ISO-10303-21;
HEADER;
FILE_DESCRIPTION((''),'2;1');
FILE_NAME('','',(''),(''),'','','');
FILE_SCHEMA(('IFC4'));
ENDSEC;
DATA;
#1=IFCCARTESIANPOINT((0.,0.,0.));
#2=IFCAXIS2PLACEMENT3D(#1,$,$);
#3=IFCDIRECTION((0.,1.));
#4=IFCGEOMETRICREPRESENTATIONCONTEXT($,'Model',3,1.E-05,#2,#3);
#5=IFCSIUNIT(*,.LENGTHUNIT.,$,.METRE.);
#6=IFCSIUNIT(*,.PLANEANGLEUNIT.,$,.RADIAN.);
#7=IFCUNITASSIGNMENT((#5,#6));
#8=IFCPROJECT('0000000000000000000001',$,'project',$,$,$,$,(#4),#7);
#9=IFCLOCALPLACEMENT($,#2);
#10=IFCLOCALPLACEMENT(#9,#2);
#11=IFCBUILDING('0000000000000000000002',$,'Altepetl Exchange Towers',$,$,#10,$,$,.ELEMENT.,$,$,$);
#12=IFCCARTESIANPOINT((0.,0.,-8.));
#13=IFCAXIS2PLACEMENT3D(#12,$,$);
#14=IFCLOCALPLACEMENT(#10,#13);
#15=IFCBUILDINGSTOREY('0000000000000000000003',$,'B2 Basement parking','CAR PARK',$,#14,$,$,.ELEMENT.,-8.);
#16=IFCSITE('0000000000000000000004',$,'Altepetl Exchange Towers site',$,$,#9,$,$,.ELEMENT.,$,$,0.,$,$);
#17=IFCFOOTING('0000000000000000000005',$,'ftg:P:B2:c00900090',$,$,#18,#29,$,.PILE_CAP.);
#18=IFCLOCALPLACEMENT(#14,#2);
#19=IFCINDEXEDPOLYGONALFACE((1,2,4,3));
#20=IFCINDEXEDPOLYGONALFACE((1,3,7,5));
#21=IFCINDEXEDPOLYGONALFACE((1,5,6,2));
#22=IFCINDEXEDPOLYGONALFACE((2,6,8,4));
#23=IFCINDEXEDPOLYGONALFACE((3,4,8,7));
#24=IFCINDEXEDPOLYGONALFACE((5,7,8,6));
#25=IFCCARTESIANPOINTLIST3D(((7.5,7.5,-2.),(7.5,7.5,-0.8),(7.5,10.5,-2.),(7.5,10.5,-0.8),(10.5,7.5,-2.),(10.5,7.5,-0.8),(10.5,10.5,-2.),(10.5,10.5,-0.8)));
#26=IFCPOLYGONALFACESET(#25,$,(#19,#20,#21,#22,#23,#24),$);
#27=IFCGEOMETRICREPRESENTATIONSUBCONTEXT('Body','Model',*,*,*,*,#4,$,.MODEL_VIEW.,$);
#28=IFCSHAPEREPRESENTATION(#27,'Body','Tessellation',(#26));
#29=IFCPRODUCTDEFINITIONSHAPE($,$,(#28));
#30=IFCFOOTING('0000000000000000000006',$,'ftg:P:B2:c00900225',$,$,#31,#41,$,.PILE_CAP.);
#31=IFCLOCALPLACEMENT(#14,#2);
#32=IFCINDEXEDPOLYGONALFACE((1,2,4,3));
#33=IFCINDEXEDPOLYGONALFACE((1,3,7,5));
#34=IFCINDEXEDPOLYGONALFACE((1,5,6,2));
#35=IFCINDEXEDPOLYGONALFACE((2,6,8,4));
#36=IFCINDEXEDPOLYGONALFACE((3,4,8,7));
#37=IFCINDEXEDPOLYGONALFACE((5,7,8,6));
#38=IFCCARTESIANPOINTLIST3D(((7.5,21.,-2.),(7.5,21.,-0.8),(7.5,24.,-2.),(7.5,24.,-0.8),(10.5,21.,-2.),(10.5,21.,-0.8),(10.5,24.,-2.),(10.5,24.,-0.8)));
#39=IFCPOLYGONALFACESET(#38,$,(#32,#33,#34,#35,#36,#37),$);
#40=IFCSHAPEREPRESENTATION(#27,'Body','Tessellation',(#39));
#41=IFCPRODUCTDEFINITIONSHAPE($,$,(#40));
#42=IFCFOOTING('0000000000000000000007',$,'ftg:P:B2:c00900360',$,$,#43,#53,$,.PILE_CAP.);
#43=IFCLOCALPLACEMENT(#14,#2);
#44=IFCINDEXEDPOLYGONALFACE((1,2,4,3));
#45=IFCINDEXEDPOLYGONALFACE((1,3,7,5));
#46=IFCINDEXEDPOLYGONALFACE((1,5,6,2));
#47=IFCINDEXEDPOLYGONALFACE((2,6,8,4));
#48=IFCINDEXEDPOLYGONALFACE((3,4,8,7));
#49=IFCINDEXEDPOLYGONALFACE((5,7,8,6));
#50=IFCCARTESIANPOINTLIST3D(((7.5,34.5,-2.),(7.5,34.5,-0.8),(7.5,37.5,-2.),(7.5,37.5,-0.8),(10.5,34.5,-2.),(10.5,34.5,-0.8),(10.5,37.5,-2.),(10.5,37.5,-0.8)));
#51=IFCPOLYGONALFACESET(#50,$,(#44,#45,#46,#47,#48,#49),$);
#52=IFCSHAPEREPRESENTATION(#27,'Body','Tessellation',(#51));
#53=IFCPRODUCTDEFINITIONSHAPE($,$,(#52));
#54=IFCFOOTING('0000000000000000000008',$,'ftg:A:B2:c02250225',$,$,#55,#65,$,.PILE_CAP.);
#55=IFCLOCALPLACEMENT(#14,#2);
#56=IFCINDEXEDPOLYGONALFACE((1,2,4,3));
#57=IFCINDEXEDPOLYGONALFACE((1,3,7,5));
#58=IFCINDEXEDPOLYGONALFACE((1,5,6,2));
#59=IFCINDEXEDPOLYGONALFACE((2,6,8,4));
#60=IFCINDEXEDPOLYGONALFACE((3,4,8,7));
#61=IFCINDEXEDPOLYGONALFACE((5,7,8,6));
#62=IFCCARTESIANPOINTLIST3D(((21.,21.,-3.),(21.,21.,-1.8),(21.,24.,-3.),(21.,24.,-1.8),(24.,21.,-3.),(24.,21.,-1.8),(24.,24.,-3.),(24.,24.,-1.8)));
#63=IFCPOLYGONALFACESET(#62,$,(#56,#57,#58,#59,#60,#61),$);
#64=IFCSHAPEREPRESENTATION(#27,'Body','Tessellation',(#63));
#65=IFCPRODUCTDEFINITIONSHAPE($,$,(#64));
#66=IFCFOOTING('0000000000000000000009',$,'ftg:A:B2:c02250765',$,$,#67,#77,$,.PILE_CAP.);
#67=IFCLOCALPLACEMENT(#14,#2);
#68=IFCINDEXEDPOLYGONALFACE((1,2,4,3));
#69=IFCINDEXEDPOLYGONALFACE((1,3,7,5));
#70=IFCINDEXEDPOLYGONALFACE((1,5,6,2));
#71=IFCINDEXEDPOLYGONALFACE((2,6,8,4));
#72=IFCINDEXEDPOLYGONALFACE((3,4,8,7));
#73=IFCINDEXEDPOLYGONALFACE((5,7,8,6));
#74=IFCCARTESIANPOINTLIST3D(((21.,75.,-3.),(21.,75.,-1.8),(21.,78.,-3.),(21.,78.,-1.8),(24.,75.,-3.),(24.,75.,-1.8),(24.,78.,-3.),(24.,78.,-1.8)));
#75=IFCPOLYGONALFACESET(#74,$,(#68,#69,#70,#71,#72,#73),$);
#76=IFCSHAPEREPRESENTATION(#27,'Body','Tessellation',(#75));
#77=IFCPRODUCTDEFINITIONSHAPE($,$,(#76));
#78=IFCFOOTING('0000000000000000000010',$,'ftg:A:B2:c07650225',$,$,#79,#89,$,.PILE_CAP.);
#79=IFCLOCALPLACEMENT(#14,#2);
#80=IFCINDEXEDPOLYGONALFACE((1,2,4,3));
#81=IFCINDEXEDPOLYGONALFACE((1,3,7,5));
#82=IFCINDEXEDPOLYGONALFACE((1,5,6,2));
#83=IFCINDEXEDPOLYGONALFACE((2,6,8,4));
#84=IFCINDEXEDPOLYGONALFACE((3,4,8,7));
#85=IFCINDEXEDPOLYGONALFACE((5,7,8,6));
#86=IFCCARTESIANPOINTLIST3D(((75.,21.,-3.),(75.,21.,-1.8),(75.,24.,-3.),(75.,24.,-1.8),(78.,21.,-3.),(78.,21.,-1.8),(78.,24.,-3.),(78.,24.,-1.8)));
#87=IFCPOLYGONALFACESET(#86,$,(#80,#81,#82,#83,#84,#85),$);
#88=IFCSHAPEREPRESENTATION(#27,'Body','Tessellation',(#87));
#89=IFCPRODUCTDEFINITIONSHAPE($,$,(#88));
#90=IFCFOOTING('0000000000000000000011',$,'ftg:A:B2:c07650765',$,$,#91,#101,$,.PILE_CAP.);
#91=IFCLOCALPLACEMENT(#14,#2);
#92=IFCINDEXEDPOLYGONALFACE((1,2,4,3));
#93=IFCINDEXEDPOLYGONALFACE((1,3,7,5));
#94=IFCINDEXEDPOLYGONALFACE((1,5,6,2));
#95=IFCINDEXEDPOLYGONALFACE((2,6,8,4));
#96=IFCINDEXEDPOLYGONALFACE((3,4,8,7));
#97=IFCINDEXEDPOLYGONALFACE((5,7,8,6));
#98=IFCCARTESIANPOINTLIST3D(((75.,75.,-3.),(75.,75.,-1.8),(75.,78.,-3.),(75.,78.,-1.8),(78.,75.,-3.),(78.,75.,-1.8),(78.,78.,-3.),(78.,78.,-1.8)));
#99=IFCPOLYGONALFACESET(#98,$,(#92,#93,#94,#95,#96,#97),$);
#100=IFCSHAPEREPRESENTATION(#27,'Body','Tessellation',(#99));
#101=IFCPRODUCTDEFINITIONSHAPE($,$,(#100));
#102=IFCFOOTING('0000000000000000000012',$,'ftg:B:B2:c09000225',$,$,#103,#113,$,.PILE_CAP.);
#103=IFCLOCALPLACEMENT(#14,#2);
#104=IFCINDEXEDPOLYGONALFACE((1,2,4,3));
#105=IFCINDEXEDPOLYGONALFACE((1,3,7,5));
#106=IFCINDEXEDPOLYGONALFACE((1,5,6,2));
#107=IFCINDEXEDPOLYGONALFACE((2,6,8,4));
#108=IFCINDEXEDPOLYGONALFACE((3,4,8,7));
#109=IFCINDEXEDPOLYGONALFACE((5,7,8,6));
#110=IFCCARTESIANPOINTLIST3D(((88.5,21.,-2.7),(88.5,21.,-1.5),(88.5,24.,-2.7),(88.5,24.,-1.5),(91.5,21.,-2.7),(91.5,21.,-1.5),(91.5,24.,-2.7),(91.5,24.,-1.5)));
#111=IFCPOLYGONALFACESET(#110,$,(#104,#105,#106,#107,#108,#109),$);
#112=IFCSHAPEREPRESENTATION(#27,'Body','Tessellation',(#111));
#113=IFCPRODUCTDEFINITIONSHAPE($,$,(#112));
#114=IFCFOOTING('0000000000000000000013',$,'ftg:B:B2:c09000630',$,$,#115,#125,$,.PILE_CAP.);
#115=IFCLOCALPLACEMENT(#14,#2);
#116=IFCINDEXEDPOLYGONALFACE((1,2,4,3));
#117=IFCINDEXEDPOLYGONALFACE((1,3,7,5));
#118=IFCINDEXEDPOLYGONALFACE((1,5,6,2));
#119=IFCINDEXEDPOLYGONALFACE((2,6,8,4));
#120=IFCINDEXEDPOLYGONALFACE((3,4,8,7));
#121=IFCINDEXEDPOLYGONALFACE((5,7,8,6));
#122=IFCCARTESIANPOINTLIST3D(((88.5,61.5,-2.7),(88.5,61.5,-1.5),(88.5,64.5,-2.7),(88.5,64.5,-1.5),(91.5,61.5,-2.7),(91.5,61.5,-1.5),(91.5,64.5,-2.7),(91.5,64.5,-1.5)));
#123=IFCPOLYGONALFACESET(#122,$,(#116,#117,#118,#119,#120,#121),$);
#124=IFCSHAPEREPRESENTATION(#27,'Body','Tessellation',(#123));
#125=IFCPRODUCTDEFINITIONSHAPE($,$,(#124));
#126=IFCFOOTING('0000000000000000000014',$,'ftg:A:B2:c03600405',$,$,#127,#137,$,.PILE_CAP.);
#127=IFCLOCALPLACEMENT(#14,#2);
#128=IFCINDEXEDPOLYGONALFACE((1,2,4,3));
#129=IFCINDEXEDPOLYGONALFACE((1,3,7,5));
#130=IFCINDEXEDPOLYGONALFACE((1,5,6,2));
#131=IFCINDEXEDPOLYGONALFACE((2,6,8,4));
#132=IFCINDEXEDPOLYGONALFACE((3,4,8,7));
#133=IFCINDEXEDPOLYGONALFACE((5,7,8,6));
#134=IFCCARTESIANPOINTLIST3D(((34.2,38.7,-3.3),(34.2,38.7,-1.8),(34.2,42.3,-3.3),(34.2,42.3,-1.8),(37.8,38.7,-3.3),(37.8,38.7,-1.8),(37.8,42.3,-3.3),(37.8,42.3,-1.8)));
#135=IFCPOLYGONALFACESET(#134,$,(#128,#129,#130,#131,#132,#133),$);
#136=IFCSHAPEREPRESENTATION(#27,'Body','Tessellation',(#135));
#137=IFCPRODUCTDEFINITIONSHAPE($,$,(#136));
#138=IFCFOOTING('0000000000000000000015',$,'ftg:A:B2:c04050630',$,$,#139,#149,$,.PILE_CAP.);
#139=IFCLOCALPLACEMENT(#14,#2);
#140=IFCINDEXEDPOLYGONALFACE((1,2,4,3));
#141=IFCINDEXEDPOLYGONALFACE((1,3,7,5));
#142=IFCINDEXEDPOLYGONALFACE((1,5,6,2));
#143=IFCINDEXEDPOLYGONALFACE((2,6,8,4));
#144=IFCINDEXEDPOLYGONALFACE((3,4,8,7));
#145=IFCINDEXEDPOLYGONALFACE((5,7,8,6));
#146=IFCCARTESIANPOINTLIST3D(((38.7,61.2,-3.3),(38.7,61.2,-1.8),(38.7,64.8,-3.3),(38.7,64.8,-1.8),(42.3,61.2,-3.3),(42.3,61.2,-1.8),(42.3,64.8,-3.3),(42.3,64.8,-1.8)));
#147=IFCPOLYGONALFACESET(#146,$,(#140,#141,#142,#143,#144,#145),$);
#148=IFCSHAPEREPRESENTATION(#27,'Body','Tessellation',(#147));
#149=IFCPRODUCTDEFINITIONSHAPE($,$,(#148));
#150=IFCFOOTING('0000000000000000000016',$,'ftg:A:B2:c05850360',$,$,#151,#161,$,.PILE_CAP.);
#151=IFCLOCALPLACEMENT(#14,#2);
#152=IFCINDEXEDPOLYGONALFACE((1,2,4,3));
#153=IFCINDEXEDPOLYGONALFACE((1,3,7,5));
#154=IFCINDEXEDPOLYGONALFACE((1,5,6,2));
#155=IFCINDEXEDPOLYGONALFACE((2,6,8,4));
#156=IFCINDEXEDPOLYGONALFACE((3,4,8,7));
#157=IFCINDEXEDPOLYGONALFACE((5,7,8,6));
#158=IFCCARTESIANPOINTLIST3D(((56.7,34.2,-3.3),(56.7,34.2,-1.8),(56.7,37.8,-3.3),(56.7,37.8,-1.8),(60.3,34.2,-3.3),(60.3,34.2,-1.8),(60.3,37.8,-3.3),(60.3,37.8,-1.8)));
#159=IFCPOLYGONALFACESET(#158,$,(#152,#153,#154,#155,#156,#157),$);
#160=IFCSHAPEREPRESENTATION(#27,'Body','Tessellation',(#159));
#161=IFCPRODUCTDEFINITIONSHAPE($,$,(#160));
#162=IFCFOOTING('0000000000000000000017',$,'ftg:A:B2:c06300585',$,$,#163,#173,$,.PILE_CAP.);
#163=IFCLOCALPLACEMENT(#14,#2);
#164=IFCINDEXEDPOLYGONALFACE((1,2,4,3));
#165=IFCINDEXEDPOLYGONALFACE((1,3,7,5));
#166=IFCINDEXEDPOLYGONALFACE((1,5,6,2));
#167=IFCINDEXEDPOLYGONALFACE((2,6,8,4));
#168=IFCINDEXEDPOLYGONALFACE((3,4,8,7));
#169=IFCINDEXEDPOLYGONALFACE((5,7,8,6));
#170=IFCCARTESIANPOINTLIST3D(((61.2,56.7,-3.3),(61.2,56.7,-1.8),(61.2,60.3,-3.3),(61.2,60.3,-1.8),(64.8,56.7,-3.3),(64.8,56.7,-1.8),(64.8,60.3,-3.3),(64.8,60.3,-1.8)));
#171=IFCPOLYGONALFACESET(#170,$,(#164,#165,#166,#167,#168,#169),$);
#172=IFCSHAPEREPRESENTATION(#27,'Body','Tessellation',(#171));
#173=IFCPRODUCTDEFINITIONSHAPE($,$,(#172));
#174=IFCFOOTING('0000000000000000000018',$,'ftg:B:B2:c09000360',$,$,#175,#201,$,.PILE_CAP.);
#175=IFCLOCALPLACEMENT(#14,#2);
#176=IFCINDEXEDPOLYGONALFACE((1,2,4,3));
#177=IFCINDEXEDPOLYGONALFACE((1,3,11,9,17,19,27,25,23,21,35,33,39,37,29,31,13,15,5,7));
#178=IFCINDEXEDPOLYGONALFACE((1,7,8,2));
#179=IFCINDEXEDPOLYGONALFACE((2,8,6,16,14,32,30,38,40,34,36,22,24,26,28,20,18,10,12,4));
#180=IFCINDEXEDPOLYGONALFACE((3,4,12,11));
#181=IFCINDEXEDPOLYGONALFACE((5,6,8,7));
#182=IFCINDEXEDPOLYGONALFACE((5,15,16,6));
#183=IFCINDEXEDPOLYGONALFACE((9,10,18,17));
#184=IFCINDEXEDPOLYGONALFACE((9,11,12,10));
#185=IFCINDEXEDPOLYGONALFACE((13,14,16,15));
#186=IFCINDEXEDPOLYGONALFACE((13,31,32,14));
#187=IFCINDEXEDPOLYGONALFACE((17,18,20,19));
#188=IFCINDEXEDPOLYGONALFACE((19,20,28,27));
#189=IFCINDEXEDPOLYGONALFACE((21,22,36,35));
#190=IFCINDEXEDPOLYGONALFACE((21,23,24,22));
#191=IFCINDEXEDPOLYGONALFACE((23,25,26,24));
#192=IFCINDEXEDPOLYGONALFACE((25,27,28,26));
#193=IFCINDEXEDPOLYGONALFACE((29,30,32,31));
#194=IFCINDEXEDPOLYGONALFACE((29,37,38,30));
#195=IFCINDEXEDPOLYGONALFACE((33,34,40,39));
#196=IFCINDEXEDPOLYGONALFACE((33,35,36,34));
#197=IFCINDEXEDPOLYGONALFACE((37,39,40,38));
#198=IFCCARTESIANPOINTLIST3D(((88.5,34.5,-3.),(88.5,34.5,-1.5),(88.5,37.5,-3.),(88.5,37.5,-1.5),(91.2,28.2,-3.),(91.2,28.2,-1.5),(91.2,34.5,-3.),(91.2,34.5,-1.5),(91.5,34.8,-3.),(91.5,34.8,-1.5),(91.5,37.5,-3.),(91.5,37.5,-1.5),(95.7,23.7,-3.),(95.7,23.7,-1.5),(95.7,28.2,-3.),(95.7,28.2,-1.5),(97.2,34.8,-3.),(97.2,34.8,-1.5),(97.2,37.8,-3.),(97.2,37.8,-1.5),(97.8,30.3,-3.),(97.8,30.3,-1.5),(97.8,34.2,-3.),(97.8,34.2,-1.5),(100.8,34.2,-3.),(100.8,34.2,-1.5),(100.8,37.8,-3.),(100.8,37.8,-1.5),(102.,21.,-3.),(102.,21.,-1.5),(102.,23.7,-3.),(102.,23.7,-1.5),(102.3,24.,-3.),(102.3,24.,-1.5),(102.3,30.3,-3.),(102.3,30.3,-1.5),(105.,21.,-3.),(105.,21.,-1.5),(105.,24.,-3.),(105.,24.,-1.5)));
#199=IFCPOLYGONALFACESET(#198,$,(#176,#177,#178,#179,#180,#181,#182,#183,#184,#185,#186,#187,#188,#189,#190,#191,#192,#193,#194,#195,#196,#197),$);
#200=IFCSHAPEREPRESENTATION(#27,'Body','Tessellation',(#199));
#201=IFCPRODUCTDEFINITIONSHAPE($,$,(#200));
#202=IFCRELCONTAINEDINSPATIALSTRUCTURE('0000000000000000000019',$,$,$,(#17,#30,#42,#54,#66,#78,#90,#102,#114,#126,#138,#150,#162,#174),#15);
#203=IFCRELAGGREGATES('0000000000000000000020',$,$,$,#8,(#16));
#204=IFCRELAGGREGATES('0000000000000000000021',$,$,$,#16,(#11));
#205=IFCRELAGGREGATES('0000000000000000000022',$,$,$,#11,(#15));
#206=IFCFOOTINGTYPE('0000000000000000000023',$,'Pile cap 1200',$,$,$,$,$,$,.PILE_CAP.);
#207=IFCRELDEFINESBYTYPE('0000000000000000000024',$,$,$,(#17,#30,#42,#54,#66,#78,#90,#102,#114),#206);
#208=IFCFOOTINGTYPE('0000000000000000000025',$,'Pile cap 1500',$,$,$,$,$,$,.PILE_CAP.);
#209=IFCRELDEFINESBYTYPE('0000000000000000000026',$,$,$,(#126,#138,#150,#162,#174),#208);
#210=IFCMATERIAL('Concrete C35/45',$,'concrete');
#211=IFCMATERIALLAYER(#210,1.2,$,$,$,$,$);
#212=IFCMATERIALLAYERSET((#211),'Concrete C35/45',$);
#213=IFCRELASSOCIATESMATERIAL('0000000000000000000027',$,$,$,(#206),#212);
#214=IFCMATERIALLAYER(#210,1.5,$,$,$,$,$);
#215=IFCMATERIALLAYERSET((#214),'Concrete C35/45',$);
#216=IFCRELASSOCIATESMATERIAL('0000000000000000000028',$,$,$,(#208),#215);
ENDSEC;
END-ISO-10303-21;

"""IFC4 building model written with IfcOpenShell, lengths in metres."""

from ifc_helpers import new_model, si_unit, direction, frame, origin, place, context, subcontext, project, spatial, polyline, outline, extrude, material, layer, layer_set, type_object, element, save


model = new_model("IFC4")

# Units and contexts
model_context = context("Model", 3, precision=1e-05, world=origin(), true_north=direction((0.0, 1.0)))
body_context = subcontext(model_context, "Body", "Model", "MODEL_VIEW")
ifc_project = project(units=[si_unit("LENGTHUNIT", "METRE"), si_unit("PLANEANGLEUNIT", "RADIAN")], contexts=[model_context])

# Site, building, storey
site_placement = place(None, origin())
site = spatial("IfcSite", under=ifc_project, at=site_placement, Name="Altepetl Exchange Towers site", CompositionType="ELEMENT", RefElevation=0.0)
building_placement = place(site_placement, origin())
building = spatial("IfcBuilding", under=site, at=building_placement, Name="Altepetl Exchange Towers", CompositionType="ELEMENT")
storey_placement = place(building_placement, frame((0.0, 0.0, -8.0)))
storey = spatial("IfcBuildingStorey", under=building, at=storey_placement, Name="B2 Basement parking", Description="CAR PARK", CompositionType="ELEMENT", Elevation=-8.0)

# Footings
ifc_material = material(Name="Concrete C35/45", Category="concrete")
ifc_layer_1 = layer(ifc_material, 1.2)
ifc_layer_set_1 = layer_set([ifc_layer_1], Name="Concrete C35/45")
footing_type_1 = type_object("IfcFootingType", Name="Pile cap 1200", PredefinedType="PILE_CAP", material=ifc_layer_set_1)
footing_1_placement = place(storey_placement, frame((0.0, 0.0, -2.0)))
element("IfcFooting", 1, at=footing_1_placement, inside=storey, type_object=footing_type_1, Name="ftg:P:B2:c00900090", PredefinedType="PILE_CAP", context=body_context, shape_type="SweptSolid", body=[
    extrude(outline(polyline([(10.5, 7.5), (10.5, 10.5), (7.5, 10.5), (7.5, 7.5), (10.5, 7.5)])), origin(), (0.0, 0.0, 1.0), 1.2),
])
footing_2_placement = place(storey_placement, frame((0.0, 0.0, -2.0)))
element("IfcFooting", 2, at=footing_2_placement, inside=storey, type_object=footing_type_1, Name="ftg:P:B2:c00900225", PredefinedType="PILE_CAP", context=body_context, shape_type="SweptSolid", body=[
    extrude(outline(polyline([(10.5, 21.0), (10.5, 24.0), (7.5, 24.0), (7.5, 21.0), (10.5, 21.0)])), origin(), (0.0, 0.0, 1.0), 1.2),
])
footing_3_placement = place(storey_placement, frame((0.0, 0.0, -2.0)))
element("IfcFooting", 3, at=footing_3_placement, inside=storey, type_object=footing_type_1, Name="ftg:P:B2:c00900360", PredefinedType="PILE_CAP", context=body_context, shape_type="SweptSolid", body=[
    extrude(outline(polyline([(10.5, 34.5), (10.5, 37.5), (7.5, 37.5), (7.5, 34.5), (10.5, 34.5)])), origin(), (0.0, 0.0, 1.0), 1.2),
])
footing_4_placement = place(storey_placement, frame((0.0, 0.0, -3.0)))
element("IfcFooting", 4, at=footing_4_placement, inside=storey, type_object=footing_type_1, Name="ftg:A:B2:c02250225", PredefinedType="PILE_CAP", context=body_context, shape_type="SweptSolid", body=[
    extrude(outline(polyline([(24.0, 21.0), (24.0, 24.0), (21.0, 24.0), (21.0, 21.0), (24.0, 21.0)])), origin(), (0.0, 0.0, 1.0), 1.2),
])
footing_5_placement = place(storey_placement, frame((0.0, 0.0, -3.0)))
element("IfcFooting", 5, at=footing_5_placement, inside=storey, type_object=footing_type_1, Name="ftg:A:B2:c02250765", PredefinedType="PILE_CAP", context=body_context, shape_type="SweptSolid", body=[
    extrude(outline(polyline([(24.0, 75.0), (24.0, 78.0), (21.0, 78.0), (21.0, 75.0), (24.0, 75.0)])), origin(), (0.0, 0.0, 1.0), 1.2),
])
footing_6_placement = place(storey_placement, frame((0.0, 0.0, -3.0)))
element("IfcFooting", 6, at=footing_6_placement, inside=storey, type_object=footing_type_1, Name="ftg:A:B2:c07650225", PredefinedType="PILE_CAP", context=body_context, shape_type="SweptSolid", body=[
    extrude(outline(polyline([(78.0, 21.0), (78.0, 24.0), (75.0, 24.0), (75.0, 21.0), (78.0, 21.0)])), origin(), (0.0, 0.0, 1.0), 1.2),
])
footing_7_placement = place(storey_placement, frame((0.0, 0.0, -3.0)))
element("IfcFooting", 7, at=footing_7_placement, inside=storey, type_object=footing_type_1, Name="ftg:A:B2:c07650765", PredefinedType="PILE_CAP", context=body_context, shape_type="SweptSolid", body=[
    extrude(outline(polyline([(78.0, 75.0), (78.0, 78.0), (75.0, 78.0), (75.0, 75.0), (78.0, 75.0)])), origin(), (0.0, 0.0, 1.0), 1.2),
])
footing_8_placement = place(storey_placement, frame((0.0, 0.0, -2.7)))
element("IfcFooting", 8, at=footing_8_placement, inside=storey, type_object=footing_type_1, Name="ftg:B:B2:c09000225", PredefinedType="PILE_CAP", context=body_context, shape_type="SweptSolid", body=[
    extrude(outline(polyline([(91.5, 21.0), (91.5, 24.0), (88.5, 24.0), (88.5, 21.0), (91.5, 21.0)])), origin(), (0.0, 0.0, 1.0), 1.2),
])
footing_9_placement = place(storey_placement, frame((0.0, 0.0, -2.7)))
element("IfcFooting", 9, at=footing_9_placement, inside=storey, type_object=footing_type_1, Name="ftg:B:B2:c09000630", PredefinedType="PILE_CAP", context=body_context, shape_type="SweptSolid", body=[
    extrude(outline(polyline([(91.5, 61.5), (91.5, 64.5), (88.5, 64.5), (88.5, 61.5), (91.5, 61.5)])), origin(), (0.0, 0.0, 1.0), 1.2),
])
ifc_layer_2 = layer(ifc_material, 1.5)
ifc_layer_set_2 = layer_set([ifc_layer_2], Name="Concrete C35/45")
footing_type_2 = type_object("IfcFootingType", Name="Pile cap 1500", PredefinedType="PILE_CAP", material=ifc_layer_set_2)
footing_10_placement = place(storey_placement, frame((0.0, 0.0, -3.3)))
element("IfcFooting", 10, at=footing_10_placement, inside=storey, type_object=footing_type_2, Name="ftg:A:B2:c03600405", PredefinedType="PILE_CAP", context=body_context, shape_type="SweptSolid", body=[
    extrude(outline(polyline([(37.8, 38.7), (37.8, 42.3), (34.2, 42.3), (34.2, 38.7), (37.8, 38.7)])), origin(), (0.0, 0.0, 1.0), 1.5),
])
footing_11_placement = place(storey_placement, frame((0.0, 0.0, -3.3)))
element("IfcFooting", 11, at=footing_11_placement, inside=storey, type_object=footing_type_2, Name="ftg:A:B2:c04050630", PredefinedType="PILE_CAP", context=body_context, shape_type="SweptSolid", body=[
    extrude(outline(polyline([(42.3, 61.2), (42.3, 64.8), (38.7, 64.8), (38.7, 61.2), (42.3, 61.2)])), origin(), (0.0, 0.0, 1.0), 1.5),
])
footing_12_placement = place(storey_placement, frame((0.0, 0.0, -3.3)))
element("IfcFooting", 12, at=footing_12_placement, inside=storey, type_object=footing_type_2, Name="ftg:A:B2:c05850360", PredefinedType="PILE_CAP", context=body_context, shape_type="SweptSolid", body=[
    extrude(outline(polyline([(60.3, 34.2), (60.3, 37.8), (56.7, 37.8), (56.7, 34.2), (60.3, 34.2)])), origin(), (0.0, 0.0, 1.0), 1.5),
])
footing_13_placement = place(storey_placement, frame((0.0, 0.0, -3.3)))
element("IfcFooting", 13, at=footing_13_placement, inside=storey, type_object=footing_type_2, Name="ftg:A:B2:c06300585", PredefinedType="PILE_CAP", context=body_context, shape_type="SweptSolid", body=[
    extrude(outline(polyline([(64.8, 56.7), (64.8, 60.3), (61.2, 60.3), (61.2, 56.7), (64.8, 56.7)])), origin(), (0.0, 0.0, 1.0), 1.5),
])
footing_14_placement = place(storey_placement, frame((0.0, 0.0, -3.0)))
element("IfcFooting", 14, at=footing_14_placement, inside=storey, type_object=footing_type_2, Name="ftg:B:B2:c09000360", PredefinedType="PILE_CAP", context=body_context, shape_type="SweptSolid", body=[
    extrude(outline(polyline([(105.0, 21.0), (105.0, 24.0), (102.3, 24.0), (102.3, 30.3), (97.8, 30.3), (97.8, 34.2), (100.8, 34.2), (100.8, 37.8), (97.2, 37.8), (97.2, 34.8), (91.5, 34.8), (91.5, 37.5), (88.5, 37.5), (88.5, 34.5), (91.2, 34.5), (91.2, 28.2), (95.7, 28.2), (95.7, 23.7), (102.0, 23.7), (102.0, 21.0), (105.0, 21.0)])), origin(), (0.0, 0.0, 1.0), 1.5),
])

save(model, "model.ifc")
